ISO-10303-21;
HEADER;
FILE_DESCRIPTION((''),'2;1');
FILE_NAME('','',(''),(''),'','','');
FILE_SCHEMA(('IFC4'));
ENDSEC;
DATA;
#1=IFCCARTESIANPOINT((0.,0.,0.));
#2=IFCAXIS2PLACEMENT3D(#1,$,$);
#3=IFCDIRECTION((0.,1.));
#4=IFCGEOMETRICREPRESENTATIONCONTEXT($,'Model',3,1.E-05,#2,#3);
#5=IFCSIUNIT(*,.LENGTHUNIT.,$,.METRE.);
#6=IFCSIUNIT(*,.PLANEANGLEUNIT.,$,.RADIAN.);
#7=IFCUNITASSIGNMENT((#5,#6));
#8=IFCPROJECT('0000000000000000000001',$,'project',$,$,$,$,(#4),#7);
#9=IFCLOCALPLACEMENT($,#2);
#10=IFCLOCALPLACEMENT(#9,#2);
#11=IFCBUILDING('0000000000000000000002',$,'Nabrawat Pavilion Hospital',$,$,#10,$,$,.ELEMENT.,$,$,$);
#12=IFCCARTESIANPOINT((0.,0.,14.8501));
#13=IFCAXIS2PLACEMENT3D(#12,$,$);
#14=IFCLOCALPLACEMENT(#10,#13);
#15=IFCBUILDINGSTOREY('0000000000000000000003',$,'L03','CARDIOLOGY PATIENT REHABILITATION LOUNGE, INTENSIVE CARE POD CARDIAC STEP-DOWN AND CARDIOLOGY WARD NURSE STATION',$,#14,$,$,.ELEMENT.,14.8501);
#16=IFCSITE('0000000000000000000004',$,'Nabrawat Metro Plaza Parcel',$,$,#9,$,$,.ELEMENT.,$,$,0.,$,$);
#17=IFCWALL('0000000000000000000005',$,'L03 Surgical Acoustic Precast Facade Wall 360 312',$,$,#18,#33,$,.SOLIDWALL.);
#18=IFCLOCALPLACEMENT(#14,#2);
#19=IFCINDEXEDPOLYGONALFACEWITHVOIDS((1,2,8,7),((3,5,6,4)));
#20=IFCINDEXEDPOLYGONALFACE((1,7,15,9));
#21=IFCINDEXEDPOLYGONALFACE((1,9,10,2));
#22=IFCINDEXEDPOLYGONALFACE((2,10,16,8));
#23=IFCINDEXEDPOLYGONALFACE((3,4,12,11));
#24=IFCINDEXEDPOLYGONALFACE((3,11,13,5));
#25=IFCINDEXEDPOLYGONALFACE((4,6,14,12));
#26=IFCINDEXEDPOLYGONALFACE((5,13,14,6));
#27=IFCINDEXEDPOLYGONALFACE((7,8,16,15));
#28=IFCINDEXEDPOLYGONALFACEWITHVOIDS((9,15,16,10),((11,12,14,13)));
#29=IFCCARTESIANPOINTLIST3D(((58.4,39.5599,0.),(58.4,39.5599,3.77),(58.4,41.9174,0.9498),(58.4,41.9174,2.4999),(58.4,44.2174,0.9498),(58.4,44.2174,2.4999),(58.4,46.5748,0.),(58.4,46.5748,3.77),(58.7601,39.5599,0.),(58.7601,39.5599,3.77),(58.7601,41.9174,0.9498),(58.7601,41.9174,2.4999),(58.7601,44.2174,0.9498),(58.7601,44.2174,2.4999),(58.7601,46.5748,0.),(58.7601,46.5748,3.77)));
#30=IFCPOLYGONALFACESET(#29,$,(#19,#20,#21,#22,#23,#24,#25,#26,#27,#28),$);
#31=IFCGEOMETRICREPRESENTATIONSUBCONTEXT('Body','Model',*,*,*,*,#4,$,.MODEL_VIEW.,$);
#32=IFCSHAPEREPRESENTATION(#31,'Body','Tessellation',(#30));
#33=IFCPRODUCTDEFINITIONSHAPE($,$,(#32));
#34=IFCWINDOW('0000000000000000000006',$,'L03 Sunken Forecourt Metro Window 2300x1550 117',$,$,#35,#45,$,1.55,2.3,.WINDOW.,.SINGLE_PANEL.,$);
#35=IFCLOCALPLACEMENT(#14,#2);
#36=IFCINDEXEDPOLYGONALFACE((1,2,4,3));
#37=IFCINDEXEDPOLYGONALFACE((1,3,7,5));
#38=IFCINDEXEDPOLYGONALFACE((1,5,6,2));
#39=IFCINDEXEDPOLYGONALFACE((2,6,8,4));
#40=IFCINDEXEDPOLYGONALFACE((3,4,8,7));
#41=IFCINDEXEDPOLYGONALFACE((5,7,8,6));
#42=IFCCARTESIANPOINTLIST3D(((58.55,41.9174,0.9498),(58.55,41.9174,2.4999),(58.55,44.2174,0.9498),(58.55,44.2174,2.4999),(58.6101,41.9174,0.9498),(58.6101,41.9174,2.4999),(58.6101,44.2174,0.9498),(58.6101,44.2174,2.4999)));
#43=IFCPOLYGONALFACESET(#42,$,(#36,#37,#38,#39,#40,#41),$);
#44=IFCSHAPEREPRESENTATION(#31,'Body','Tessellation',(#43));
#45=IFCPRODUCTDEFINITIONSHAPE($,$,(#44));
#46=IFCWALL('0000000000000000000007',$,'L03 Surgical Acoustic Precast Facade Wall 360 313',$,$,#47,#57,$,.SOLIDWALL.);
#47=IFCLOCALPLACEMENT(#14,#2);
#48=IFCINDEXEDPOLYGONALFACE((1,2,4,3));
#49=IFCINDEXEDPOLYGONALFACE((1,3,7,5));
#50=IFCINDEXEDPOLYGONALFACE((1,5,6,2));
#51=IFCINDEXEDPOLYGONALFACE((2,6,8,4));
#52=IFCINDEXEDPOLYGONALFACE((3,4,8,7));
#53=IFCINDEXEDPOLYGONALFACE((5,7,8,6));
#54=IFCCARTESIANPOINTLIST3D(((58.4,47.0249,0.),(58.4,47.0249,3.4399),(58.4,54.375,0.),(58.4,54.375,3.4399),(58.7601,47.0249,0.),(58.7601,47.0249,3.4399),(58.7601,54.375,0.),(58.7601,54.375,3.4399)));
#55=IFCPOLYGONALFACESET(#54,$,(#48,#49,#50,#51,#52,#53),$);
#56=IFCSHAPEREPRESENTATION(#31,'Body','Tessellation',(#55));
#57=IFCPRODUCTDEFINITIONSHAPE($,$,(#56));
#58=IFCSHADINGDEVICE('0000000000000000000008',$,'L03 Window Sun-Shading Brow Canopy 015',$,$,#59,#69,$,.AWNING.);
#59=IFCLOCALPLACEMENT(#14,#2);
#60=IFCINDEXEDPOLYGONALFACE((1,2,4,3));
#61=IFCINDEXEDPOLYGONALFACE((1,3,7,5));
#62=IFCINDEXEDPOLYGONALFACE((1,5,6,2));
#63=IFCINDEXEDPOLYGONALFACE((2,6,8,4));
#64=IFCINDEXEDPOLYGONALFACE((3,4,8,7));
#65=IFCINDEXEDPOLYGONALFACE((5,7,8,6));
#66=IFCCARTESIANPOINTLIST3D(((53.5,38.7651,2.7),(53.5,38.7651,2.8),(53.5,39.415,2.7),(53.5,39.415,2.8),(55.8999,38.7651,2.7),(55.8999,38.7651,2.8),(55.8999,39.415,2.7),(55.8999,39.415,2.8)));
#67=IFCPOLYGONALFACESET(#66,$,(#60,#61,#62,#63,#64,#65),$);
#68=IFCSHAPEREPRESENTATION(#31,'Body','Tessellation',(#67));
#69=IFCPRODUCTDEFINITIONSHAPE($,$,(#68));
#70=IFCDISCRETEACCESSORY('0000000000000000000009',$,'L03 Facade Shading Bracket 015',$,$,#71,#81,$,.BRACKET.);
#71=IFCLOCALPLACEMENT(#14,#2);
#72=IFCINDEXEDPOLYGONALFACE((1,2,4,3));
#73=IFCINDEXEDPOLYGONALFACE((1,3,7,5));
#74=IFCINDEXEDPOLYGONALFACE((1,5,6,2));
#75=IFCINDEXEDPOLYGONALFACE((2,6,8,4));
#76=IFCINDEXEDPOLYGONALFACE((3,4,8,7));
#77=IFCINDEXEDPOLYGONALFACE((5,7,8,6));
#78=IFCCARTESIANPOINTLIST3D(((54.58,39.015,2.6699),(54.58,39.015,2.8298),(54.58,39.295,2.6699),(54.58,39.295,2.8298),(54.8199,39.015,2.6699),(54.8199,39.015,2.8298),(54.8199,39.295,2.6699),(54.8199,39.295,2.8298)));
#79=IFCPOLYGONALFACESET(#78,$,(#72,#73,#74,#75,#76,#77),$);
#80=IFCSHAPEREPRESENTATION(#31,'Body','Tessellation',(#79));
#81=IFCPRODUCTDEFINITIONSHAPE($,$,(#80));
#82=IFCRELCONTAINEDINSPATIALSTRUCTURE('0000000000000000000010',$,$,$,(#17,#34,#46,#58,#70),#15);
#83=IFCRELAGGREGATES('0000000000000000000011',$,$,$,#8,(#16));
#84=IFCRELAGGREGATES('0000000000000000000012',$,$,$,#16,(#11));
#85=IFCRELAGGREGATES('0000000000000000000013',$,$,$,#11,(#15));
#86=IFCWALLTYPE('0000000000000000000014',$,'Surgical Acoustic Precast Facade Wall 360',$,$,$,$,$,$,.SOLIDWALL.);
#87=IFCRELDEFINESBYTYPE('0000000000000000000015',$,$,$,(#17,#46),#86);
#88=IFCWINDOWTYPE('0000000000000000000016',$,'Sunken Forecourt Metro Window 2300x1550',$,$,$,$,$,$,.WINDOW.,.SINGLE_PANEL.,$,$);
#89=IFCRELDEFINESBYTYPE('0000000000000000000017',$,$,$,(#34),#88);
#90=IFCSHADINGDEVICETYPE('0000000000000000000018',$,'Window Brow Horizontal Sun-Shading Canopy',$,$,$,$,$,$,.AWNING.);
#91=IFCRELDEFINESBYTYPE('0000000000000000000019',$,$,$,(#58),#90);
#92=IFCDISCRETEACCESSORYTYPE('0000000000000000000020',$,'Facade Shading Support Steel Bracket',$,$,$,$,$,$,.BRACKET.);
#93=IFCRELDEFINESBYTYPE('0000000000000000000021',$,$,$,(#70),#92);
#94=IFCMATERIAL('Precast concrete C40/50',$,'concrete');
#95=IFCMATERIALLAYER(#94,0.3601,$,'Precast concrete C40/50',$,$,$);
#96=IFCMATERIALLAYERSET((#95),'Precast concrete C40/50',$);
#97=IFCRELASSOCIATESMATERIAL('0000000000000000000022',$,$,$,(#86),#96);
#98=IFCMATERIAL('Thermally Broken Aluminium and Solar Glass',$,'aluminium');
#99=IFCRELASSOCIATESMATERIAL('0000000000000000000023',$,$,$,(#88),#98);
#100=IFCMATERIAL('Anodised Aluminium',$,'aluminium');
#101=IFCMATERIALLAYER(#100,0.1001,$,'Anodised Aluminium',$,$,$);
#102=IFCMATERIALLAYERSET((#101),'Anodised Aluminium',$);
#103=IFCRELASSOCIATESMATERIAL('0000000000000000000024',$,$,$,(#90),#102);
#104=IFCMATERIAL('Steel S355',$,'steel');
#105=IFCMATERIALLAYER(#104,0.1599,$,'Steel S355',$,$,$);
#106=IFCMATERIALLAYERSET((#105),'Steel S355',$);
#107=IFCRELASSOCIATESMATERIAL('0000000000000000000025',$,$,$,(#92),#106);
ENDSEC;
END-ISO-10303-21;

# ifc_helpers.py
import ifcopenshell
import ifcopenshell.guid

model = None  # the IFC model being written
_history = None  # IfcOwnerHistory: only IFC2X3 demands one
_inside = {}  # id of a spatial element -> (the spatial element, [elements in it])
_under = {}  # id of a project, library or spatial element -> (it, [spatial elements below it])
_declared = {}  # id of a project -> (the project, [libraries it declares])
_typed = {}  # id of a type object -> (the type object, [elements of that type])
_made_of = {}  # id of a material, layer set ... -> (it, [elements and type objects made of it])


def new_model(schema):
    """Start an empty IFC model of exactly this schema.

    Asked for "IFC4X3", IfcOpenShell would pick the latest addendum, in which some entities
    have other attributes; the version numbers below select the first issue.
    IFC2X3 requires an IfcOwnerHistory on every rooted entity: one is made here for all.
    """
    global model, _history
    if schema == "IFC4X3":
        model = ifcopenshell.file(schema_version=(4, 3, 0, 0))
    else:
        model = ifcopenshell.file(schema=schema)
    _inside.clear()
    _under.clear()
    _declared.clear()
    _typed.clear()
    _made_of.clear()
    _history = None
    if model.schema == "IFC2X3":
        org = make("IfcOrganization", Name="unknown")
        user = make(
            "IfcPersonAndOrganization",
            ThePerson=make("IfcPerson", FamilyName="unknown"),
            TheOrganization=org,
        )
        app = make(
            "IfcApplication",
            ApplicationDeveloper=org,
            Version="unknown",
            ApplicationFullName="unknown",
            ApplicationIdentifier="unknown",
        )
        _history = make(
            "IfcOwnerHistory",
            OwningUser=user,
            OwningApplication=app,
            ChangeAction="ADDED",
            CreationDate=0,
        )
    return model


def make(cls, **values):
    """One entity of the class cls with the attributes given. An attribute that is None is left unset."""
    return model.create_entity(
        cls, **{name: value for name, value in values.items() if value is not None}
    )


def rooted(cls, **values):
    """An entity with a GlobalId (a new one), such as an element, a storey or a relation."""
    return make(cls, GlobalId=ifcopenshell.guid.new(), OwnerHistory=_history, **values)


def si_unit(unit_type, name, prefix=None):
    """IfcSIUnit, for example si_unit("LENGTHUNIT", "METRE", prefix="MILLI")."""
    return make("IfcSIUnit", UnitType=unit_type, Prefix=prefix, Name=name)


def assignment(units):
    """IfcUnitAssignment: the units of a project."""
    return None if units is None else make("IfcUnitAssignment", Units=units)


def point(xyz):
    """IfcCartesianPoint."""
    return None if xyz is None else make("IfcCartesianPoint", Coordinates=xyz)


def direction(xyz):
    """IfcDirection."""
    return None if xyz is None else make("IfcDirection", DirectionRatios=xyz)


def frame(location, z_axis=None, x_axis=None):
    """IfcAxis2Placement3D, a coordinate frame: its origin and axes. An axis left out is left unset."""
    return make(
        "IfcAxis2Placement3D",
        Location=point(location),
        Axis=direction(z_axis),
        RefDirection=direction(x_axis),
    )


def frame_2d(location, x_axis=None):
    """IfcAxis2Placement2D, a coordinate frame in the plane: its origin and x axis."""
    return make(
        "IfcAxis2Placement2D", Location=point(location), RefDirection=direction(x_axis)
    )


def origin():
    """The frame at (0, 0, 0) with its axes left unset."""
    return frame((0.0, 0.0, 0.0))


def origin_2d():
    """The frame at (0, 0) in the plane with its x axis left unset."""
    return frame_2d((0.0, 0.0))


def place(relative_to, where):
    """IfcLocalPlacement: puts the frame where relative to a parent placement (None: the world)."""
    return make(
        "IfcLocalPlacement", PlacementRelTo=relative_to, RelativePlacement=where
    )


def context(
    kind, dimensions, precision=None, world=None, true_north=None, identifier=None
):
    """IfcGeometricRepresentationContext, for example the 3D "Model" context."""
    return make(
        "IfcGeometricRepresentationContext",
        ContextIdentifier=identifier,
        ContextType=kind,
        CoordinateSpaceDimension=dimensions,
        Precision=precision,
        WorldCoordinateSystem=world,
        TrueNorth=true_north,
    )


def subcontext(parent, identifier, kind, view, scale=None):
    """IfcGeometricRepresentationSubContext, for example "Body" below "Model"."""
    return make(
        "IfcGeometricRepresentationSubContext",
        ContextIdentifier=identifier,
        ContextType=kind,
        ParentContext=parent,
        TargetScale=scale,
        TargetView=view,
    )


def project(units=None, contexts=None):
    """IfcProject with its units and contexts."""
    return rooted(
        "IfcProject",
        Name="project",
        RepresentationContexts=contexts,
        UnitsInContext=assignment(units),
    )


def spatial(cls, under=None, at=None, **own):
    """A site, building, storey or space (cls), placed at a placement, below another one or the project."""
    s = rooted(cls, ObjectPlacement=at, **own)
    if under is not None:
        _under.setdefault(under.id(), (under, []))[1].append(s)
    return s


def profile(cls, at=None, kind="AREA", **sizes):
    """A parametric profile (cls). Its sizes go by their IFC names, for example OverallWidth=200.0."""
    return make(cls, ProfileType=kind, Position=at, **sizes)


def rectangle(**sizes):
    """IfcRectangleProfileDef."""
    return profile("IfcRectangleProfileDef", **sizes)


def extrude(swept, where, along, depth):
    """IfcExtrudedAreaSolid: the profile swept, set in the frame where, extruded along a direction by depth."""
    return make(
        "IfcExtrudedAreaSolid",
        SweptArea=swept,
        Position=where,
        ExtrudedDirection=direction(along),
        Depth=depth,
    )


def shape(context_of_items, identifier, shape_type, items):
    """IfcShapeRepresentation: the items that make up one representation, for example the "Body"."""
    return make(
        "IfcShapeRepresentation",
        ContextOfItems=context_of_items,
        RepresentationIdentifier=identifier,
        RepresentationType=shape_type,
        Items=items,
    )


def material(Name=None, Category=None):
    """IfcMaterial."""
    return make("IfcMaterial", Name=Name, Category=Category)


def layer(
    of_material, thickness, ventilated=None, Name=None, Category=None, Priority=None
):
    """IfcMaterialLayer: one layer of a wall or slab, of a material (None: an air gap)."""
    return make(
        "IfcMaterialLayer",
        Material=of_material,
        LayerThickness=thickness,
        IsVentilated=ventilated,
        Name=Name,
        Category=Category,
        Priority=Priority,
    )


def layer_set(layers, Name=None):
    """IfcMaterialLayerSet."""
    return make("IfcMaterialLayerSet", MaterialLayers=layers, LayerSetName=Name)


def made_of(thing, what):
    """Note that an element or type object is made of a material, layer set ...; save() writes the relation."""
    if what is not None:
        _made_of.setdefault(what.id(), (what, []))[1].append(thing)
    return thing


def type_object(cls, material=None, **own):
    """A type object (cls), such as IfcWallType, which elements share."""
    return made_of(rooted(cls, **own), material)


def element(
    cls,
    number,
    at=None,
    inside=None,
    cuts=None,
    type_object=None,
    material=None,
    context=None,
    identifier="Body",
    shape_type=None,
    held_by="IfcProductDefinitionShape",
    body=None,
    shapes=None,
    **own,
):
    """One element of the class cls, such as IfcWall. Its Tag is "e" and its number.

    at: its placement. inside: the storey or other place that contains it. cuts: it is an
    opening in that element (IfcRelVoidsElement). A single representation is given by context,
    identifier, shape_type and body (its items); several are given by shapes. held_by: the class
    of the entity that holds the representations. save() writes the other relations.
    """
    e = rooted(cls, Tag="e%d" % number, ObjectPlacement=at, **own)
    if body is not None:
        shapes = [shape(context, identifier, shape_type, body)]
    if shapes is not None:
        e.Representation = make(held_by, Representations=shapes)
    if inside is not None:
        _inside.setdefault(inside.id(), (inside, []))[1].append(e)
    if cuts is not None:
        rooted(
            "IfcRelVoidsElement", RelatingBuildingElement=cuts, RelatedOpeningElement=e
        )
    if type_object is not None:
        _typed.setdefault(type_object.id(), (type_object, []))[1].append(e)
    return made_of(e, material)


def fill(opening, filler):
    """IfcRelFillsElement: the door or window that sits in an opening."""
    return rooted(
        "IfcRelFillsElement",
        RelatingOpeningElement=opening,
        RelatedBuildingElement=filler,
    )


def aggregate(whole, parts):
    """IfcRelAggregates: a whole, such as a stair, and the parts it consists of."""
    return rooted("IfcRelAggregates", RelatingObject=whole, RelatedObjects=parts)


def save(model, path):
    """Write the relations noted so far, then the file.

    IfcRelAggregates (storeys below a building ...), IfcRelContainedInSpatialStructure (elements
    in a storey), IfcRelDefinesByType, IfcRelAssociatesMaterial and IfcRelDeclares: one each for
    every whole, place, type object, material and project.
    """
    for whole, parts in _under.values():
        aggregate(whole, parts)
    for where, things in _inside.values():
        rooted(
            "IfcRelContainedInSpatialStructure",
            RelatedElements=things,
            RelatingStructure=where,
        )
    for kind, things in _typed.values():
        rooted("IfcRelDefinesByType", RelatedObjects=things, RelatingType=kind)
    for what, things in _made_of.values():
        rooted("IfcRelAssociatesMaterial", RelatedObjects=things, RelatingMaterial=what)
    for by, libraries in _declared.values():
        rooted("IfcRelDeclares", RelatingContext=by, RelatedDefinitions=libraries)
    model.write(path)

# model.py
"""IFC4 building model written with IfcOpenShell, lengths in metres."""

from ifc_helpers import new_model, si_unit, direction, frame, frame_2d, origin, origin_2d, place, context, subcontext, project, spatial, rectangle, extrude, material, layer, layer_set, type_object, element, fill, save


model = new_model("IFC4")

# Units and contexts
model_context = context("Model", 3, precision=1e-05, world=origin(), true_north=direction((0.0, 1.0)))
body_context = subcontext(model_context, "Body", "Model", "MODEL_VIEW")
ifc_project = project(units=[si_unit("LENGTHUNIT", "METRE"), si_unit("PLANEANGLEUNIT", "RADIAN")], contexts=[model_context])

# Site, building, storey
site_placement = place(None, origin())
site = spatial("IfcSite", under=ifc_project, at=site_placement, Name="Nabrawat Metro Plaza Parcel", CompositionType="ELEMENT", RefElevation=0.0)
building_placement = place(site_placement, origin())
building = spatial("IfcBuilding", under=site, at=building_placement, Name="Nabrawat Pavilion Hospital", CompositionType="ELEMENT")
storey_placement = place(building_placement, frame((0.0, 0.0, 14.8501)))
storey = spatial("IfcBuildingStorey", under=building, at=storey_placement, Name="L03", Description="CARDIOLOGY PATIENT REHABILITATION LOUNGE, INTENSIVE CARE POD CARDIAC STEP-DOWN AND CARDIOLOGY WARD NURSE STATION", CompositionType="ELEMENT", Elevation=14.8501)

# Shared definitions
ifc_material_1 = material(Name="Steel S355", Category="steel")

# Shared definitions
ifc_material_2 = material(Name="Anodised Aluminium", Category="aluminium")

# Shared definitions
ifc_material_3 = material(Name="Precast concrete C40/50", Category="concrete")
ifc_layer_1 = layer(ifc_material_3, 0.3601, Name="Precast concrete C40/50")
ifc_layer_set_1 = layer_set([ifc_layer_1], Name="Precast concrete C40/50")
wall_type = type_object("IfcWallType", Name="Surgical Acoustic Precast Facade Wall 360", PredefinedType="SOLIDWALL", material=ifc_layer_set_1)

# Wall, opening, window
ifc_material_4 = material(Name="Thermally Broken Aluminium and Solar Glass", Category="aluminium")
wall_1_placement = place(storey_placement, frame((58.5801, 39.5601, 0.0), z_axis=(0.0, 0.0, 1.0), x_axis=(0.0, 1.0, 0.0)))
wall_1 = element("IfcWall", 1, at=wall_1_placement, inside=storey, type_object=wall_type, Name="L03 Surgical Acoustic Precast Facade Wall 360 312", PredefinedType="SOLIDWALL", context=body_context, shape_type="SweptSolid", body=[
    extrude(rectangle(XDim=7.0149, YDim=0.3601, at=frame_2d((3.5073, 0.0))), origin(), (0.0, 0.0, 1.0), 3.77),
])
opening_1_placement = place(wall_1_placement, frame((2.3574, 0.0, 0.95)))
opening_1 = element("IfcOpeningElement", 2, at=opening_1_placement, cuts=wall_1, PredefinedType="OPENING", context=body_context, shape_type="SweptSolid", body=[
    extrude(rectangle(XDim=2.3, YDim=1.55, at=frame_2d((1.1499, 0.7749))), frame((0.0, 0.1899, 0.0), z_axis=(0.0, -1.0, 0.0), x_axis=(1.0, 0.0, 0.0)), (0.0, 0.0, 1.0), 0.3801),
])
window_type_1 = type_object("IfcWindowType", Name="Sunken Forecourt Metro Window 2300x1550", PartitioningType="SINGLE_PANEL", PredefinedType="WINDOW", material=ifc_material_4)
window_1_placement = place(opening_1_placement, origin())
window_1 = element("IfcWindow", 3, at=window_1_placement, inside=storey, type_object=window_type_1, Name="L03 Sunken Forecourt Metro Window 2300x1550 117", OverallHeight=1.55, OverallWidth=2.3, PartitioningType="SINGLE_PANEL", PredefinedType="WINDOW", context=body_context, shape_type="SweptSolid", body=[
    extrude(rectangle(XDim=2.3, YDim=1.55, at=frame_2d((1.1499, 0.7749))), frame((0.0, 0.03, 0.0), z_axis=(0.0, -1.0, 0.0), x_axis=(1.0, 0.0, 0.0)), (0.0, 0.0, 1.0), 0.0601),
])
fill(opening_1, window_1)

# Wall
wall_2_placement = place(storey_placement, frame((58.5801, 47.0249, 0.0), z_axis=(0.0, 0.0, 1.0), x_axis=(0.0, 1.0, 0.0)))
element("IfcWall", 4, at=wall_2_placement, inside=storey, type_object=wall_type, Name="L03 Surgical Acoustic Precast Facade Wall 360 313", PredefinedType="SOLIDWALL", context=body_context, shape_type="SweptSolid", body=[
    extrude(rectangle(XDim=7.3501, YDim=0.3601, at=frame_2d((3.675, 0.0))), origin(), (0.0, 0.0, 1.0), 3.4399),
])

# Shading device
ifc_layer_2 = layer(ifc_material_2, 0.1001, Name="Anodised Aluminium")
ifc_layer_set_2 = layer_set([ifc_layer_2], Name="Anodised Aluminium")
shading_device_type = type_object("IfcShadingDeviceType", Name="Window Brow Horizontal Sun-Shading Canopy", PredefinedType="AWNING", material=ifc_layer_set_2)
shading_device_placement = place(storey_placement, frame((54.7, 39.0901, 2.7), z_axis=(0.0, 0.0, 1.0), x_axis=(1.0, 0.0, 0.0)))
element("IfcShadingDevice", 5, at=shading_device_placement, inside=storey, type_object=shading_device_type, Name="L03 Window Sun-Shading Brow Canopy 015", PredefinedType="AWNING", context=body_context, shape_type="SweptSolid", body=[
    extrude(rectangle(XDim=2.3999, YDim=0.6499, at=origin_2d()), origin(), (0.0, 0.0, 1.0), 0.1001),
])

# Discrete accessory
ifc_layer_3 = layer(ifc_material_1, 0.1599, Name="Steel S355")
ifc_layer_set_3 = layer_set([ifc_layer_3], Name="Steel S355")
discrete_accessory_type = type_object("IfcDiscreteAccessoryType", Name="Facade Shading Support Steel Bracket", PredefinedType="BRACKET", material=ifc_layer_set_3)
discrete_accessory_placement = place(storey_placement, frame((54.7, 39.155, 2.6699), z_axis=(0.0, 0.0, 1.0), x_axis=(1.0, 0.0, 0.0)))
element("IfcDiscreteAccessory", 6, at=discrete_accessory_placement, inside=storey, type_object=discrete_accessory_type, Name="L03 Facade Shading Bracket 015", PredefinedType="BRACKET", context=body_context, shape_type="SweptSolid", body=[
    extrude(rectangle(XDim=0.24, YDim=0.28, at=origin_2d()), origin(), (0.0, 0.0, 1.0), 0.1599),
])

save(model, "model.ifc")
